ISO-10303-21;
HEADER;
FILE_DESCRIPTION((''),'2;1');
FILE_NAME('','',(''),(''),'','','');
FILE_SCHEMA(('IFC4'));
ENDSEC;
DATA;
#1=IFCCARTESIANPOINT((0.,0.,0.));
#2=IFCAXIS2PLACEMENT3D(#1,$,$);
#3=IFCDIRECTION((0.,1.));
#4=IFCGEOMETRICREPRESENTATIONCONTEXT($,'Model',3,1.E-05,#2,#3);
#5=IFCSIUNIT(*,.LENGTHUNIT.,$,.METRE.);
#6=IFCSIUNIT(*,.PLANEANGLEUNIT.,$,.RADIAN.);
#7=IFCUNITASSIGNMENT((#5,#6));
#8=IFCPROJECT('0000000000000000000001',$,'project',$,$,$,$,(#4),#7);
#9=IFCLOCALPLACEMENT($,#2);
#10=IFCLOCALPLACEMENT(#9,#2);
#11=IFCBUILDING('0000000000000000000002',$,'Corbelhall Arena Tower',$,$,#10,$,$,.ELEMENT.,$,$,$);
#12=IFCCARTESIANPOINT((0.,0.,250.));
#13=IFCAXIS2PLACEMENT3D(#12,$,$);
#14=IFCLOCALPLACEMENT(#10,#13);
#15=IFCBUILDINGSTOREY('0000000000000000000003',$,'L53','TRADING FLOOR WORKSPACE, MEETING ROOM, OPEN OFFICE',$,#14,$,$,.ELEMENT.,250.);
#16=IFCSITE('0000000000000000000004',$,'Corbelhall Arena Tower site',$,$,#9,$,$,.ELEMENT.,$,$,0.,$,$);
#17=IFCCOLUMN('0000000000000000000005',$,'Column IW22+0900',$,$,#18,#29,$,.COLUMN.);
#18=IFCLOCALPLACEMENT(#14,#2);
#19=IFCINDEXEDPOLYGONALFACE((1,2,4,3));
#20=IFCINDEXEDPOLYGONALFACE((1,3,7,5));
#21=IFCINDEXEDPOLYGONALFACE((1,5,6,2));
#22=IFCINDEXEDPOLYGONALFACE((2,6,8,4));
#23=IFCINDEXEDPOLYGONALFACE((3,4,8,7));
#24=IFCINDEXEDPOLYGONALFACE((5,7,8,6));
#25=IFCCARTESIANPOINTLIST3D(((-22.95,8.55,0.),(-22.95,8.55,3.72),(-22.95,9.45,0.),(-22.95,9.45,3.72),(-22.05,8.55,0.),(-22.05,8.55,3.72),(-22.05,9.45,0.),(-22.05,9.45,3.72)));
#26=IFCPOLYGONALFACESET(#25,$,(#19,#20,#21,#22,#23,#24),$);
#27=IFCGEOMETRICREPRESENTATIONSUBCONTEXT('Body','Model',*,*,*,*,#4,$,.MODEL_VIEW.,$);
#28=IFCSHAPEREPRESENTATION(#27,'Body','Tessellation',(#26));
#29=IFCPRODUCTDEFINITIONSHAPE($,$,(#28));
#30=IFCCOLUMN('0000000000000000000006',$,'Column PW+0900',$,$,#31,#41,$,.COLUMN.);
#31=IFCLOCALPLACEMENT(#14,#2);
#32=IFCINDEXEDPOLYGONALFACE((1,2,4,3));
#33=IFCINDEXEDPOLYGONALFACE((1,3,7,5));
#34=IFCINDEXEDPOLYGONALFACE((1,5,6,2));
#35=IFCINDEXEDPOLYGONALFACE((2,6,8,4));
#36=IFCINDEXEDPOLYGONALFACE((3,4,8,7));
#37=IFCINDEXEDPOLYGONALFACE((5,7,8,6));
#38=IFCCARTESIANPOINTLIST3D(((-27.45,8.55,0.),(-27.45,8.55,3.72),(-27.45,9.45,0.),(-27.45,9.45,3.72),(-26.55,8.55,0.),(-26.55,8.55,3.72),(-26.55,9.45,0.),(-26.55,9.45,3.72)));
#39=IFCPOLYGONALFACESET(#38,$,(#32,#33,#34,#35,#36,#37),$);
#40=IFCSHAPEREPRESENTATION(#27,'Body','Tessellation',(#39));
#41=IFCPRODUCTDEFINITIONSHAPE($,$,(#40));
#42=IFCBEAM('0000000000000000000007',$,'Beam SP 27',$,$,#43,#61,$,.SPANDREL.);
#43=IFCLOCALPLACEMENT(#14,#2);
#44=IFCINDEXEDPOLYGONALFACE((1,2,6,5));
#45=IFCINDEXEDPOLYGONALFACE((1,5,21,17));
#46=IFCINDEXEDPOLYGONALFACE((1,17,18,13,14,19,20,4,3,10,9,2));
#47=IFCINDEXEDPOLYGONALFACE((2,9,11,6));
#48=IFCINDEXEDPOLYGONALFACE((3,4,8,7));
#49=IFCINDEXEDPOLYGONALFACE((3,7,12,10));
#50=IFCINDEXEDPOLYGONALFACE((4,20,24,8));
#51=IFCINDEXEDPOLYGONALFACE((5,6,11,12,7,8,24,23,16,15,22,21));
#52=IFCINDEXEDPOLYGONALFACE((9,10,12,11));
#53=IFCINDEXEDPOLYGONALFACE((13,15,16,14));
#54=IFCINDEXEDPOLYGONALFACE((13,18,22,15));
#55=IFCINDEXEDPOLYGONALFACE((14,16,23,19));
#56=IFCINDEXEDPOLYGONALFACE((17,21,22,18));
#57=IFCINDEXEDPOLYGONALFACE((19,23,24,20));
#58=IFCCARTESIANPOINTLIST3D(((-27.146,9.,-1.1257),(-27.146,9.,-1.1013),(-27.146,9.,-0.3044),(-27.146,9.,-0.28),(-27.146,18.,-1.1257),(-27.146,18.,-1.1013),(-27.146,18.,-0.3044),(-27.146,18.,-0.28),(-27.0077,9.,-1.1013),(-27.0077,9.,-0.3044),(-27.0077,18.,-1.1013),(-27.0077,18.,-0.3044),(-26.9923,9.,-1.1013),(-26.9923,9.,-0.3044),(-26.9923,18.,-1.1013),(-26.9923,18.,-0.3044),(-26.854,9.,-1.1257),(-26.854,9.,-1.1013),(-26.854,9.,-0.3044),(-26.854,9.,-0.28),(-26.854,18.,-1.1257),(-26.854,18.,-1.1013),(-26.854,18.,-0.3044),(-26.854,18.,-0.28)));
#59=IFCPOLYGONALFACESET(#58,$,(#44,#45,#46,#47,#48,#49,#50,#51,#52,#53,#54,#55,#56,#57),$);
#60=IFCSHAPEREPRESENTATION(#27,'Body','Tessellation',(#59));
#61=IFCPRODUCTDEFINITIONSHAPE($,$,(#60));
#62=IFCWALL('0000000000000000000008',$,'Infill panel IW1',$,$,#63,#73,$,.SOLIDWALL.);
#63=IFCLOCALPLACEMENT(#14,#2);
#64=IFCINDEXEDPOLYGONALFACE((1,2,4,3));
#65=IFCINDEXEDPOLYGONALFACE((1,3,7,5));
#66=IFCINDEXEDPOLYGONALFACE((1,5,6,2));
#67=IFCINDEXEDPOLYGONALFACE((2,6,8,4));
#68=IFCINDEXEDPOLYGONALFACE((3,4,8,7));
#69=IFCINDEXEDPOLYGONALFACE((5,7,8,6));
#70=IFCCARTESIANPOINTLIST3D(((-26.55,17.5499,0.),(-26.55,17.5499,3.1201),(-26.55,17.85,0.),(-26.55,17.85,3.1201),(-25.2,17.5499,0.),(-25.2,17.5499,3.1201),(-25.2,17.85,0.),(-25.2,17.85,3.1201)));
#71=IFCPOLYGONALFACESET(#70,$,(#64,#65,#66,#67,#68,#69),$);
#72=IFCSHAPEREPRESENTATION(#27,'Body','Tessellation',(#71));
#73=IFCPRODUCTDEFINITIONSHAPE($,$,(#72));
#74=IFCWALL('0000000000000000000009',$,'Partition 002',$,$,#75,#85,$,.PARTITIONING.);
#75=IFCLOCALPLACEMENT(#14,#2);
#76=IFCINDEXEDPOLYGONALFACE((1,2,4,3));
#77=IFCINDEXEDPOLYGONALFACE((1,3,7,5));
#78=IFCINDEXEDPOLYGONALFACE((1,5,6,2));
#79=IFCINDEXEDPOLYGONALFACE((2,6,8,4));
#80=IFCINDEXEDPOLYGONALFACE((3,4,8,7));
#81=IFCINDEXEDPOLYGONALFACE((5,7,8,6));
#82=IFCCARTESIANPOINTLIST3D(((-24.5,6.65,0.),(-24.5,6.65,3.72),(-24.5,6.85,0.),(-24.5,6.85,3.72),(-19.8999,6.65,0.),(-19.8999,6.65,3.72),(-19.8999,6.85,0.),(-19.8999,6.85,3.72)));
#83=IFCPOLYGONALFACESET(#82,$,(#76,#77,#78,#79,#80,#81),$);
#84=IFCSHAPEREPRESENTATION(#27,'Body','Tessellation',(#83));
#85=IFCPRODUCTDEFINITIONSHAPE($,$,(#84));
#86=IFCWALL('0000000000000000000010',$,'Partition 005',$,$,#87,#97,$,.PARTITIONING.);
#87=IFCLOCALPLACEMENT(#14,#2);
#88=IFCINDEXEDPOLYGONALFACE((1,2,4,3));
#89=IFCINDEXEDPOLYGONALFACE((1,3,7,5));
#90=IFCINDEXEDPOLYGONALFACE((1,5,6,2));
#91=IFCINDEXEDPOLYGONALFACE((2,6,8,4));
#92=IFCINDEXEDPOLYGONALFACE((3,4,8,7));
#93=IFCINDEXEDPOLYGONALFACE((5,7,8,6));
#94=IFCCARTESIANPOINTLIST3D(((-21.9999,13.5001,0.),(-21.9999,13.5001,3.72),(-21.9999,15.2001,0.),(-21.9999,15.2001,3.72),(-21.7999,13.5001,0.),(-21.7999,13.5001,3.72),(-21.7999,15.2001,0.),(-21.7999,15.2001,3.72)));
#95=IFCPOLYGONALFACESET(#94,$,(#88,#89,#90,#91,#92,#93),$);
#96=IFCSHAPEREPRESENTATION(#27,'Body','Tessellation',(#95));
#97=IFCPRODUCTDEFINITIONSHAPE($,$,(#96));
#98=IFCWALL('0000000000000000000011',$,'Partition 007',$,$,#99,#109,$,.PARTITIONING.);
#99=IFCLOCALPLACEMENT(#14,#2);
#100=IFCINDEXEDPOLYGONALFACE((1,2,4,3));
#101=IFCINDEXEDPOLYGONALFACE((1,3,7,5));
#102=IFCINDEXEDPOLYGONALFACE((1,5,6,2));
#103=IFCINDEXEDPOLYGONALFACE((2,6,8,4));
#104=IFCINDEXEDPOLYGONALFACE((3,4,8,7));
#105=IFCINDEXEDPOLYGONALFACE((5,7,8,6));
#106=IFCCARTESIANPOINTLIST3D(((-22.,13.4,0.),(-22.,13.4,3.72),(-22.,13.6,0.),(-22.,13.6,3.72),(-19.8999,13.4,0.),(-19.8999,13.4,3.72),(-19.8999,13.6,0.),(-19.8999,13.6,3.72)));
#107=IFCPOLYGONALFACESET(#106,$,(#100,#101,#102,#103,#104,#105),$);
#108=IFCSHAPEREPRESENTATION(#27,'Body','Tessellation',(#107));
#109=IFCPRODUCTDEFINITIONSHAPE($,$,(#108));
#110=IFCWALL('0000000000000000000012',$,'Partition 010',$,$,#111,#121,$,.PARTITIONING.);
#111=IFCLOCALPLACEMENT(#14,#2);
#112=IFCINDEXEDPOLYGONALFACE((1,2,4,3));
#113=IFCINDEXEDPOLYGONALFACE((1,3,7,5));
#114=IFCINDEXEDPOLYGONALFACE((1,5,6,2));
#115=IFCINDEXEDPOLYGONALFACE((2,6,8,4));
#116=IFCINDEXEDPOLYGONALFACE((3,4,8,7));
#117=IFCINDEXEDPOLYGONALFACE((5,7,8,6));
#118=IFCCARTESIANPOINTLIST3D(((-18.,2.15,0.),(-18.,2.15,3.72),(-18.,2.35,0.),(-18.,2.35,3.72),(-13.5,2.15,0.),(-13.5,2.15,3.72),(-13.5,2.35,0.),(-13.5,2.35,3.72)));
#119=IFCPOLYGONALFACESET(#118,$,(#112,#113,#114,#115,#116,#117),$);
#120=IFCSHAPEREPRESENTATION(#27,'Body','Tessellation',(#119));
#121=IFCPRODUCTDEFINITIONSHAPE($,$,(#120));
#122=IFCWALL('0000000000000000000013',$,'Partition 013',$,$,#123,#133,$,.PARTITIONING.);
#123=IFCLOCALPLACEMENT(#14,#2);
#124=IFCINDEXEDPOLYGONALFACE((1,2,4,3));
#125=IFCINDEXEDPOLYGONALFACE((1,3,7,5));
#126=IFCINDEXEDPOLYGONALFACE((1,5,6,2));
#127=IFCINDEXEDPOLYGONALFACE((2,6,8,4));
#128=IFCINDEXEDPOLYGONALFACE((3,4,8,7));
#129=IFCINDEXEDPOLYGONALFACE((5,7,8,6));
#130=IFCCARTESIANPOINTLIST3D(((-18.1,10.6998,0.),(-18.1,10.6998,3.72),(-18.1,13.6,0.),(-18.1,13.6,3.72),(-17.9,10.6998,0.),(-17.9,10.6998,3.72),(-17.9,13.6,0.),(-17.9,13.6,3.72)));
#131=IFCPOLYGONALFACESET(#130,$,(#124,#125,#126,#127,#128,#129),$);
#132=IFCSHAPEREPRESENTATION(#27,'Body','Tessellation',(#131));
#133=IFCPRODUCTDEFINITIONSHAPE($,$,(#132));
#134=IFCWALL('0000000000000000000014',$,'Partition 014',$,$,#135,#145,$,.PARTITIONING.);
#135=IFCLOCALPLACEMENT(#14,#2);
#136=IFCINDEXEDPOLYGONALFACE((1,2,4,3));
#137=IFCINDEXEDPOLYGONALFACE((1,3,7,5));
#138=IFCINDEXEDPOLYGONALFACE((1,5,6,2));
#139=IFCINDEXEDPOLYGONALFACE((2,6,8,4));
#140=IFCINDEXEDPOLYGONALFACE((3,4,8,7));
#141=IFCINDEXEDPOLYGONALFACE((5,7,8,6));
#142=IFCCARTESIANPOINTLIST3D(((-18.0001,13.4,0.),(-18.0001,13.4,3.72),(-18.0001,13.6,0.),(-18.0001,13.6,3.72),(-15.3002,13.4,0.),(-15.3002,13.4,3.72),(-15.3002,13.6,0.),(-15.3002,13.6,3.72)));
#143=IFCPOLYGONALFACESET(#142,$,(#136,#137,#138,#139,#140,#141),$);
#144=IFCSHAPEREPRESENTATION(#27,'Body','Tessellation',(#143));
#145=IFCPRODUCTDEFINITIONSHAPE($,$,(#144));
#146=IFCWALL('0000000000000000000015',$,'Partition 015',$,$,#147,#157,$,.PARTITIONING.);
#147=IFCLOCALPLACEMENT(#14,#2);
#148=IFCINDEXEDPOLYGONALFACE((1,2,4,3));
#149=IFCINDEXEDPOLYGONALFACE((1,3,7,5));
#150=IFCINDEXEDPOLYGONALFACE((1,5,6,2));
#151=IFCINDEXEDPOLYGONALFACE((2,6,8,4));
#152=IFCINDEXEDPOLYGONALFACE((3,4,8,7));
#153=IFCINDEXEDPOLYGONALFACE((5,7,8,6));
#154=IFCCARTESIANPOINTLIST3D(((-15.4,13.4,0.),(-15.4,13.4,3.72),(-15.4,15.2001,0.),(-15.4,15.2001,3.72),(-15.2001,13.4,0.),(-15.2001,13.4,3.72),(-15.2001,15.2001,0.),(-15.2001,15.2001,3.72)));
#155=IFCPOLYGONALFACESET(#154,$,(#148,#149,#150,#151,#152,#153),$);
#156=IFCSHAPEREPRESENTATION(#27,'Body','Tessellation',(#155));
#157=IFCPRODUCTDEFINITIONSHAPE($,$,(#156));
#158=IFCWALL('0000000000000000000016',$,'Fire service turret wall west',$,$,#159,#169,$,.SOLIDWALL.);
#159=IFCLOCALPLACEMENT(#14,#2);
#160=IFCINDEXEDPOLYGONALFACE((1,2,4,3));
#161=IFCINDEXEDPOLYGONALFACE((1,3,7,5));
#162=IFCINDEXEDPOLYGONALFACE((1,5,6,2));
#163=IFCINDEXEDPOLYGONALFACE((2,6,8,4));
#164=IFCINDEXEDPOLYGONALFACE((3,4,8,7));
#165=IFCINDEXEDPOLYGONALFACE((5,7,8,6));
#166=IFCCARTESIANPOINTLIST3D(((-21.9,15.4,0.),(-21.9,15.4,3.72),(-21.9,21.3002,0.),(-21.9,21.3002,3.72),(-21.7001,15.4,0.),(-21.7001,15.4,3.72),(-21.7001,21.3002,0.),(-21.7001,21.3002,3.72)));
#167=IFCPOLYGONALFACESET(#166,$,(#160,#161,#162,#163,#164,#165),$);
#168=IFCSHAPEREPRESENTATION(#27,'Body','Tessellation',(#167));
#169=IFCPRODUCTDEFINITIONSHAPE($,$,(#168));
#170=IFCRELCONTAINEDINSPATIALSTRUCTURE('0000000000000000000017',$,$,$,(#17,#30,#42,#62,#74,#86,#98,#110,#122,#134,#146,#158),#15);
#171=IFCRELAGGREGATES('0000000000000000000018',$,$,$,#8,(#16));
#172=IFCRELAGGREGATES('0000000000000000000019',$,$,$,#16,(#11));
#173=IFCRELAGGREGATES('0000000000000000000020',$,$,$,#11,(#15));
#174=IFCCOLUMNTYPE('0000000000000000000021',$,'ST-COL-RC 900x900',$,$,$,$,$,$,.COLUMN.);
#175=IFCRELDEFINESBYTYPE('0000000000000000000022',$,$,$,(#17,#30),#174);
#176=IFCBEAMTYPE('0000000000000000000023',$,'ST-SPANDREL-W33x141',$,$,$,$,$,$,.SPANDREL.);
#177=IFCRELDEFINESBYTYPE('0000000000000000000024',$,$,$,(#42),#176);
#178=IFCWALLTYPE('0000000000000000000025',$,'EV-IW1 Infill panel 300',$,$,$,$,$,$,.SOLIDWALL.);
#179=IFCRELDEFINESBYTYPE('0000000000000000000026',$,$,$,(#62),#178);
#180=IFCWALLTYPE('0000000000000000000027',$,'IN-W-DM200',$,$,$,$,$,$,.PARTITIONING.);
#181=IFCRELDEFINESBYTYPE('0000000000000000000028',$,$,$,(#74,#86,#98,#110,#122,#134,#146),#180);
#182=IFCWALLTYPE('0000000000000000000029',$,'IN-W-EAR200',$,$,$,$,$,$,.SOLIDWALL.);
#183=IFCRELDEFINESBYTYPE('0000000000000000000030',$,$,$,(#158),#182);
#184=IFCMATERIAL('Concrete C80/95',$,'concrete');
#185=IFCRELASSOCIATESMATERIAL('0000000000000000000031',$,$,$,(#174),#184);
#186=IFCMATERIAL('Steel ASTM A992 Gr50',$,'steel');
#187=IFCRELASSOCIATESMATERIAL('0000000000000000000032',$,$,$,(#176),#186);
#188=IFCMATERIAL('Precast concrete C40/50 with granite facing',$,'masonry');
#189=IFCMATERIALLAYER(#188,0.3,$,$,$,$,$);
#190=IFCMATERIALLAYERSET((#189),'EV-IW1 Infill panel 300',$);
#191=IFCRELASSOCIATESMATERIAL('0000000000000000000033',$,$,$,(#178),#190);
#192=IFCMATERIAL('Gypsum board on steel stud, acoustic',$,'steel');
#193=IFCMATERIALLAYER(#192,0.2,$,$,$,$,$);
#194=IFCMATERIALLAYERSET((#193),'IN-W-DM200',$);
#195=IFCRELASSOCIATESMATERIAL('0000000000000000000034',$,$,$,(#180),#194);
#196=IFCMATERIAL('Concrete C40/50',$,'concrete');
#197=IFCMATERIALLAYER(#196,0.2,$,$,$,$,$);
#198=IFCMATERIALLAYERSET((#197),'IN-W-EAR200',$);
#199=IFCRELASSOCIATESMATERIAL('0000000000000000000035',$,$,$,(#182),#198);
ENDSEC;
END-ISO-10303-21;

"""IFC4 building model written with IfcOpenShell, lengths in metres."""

from ifc_helpers import new_model, si_unit, direction, frame, frame_2d, origin, origin_2d, place, context, subcontext, project, spatial, rectangle, i_section, extrude, material, layer, layer_set, material_profile, profile_set, type_object, element, save


model = new_model("IFC4")

# Units and contexts
model_context = context("Model", 3, precision=1e-05, world=origin(), true_north=direction((0.0, 1.0)))
body_context = subcontext(model_context, "Body", "Model", "MODEL_VIEW")
ifc_project = project(units=[si_unit("LENGTHUNIT", "METRE"), si_unit("PLANEANGLEUNIT", "RADIAN")], contexts=[model_context])

# Site, building, storey
site_placement = place(None, origin())
site = spatial("IfcSite", under=ifc_project, at=site_placement, Name="Corbelhall Arena Tower site", CompositionType="ELEMENT", RefElevation=0.0)
building_placement = place(site_placement, origin())
building = spatial("IfcBuilding", under=site, at=building_placement, Name="Corbelhall Arena Tower", CompositionType="ELEMENT")
storey_placement = place(building_placement, frame((0.0, 0.0, 250.0)))
storey = spatial("IfcBuildingStorey", under=building, at=storey_placement, Name="L53", Description="TRADING FLOOR WORKSPACE, MEETING ROOM, OPEN OFFICE", CompositionType="ELEMENT", Elevation=250.0)

# Columns
ifc_material_1 = material(Name="Concrete C80/95", Category="concrete")
ifc_material_profile_1 = material_profile(ifc_material_1, rectangle(XDim=0.8999, YDim=0.8999, at=origin_2d()))
ifc_profile_set_1 = profile_set([ifc_material_profile_1], Name="Concrete C80/95")
column_type = type_object("IfcColumnType", Name="ST-COL-RC 900x900", PredefinedType="COLUMN", material=ifc_profile_set_1)
for number, where, z_axis, x_axis, name in (
    (1, (-22.5, 9.0, 0.0), (0.0, 0.0, 1.0), (1.0, 0.0, 0.0), "Column IW22+0900"),
    (2, (-27.0, 9.0, 0.0), (0.0, 0.0, 1.0), (0.0, 1.0, 0.0), "Column PW+0900"),
):
    element("IfcColumn", number, at=place(storey_placement, frame(where, z_axis=z_axis, x_axis=x_axis)), inside=storey, type_object=column_type, Name=name, PredefinedType="COLUMN", context=body_context, shape_type="SweptSolid", body=[
        extrude(rectangle(XDim=0.8999, YDim=0.8999, at=origin_2d()), origin(), (0.0, 0.0, 1.0), 3.72),
    ])

# Beam
ifc_material_2 = material(Name="Steel ASTM A992 Gr50", Category="steel")
ifc_material_profile_2 = material_profile(ifc_material_2, i_section(OverallWidth=0.292, OverallDepth=0.8457, WebThickness=0.0154, FlangeThickness=0.0244, at=origin_2d()))
ifc_profile_set_2 = profile_set([ifc_material_profile_2], Name="Steel ASTM A992 Gr50")
beam_type = type_object("IfcBeamType", Name="ST-SPANDREL-W33x141", PredefinedType="SPANDREL", material=ifc_profile_set_2)
beam_placement = place(storey_placement, frame((-27.0, 9.0, -0.7029), z_axis=(0.0, 1.0, 0.0), x_axis=(-1.0, 0.0, 0.0)))
element("IfcBeam", 3, at=beam_placement, inside=storey, type_object=beam_type, Name="Beam SP 27", PredefinedType="SPANDREL", context=body_context, shape_type="SweptSolid", body=[
    extrude(i_section(OverallWidth=0.292, OverallDepth=0.8457, WebThickness=0.0154, FlangeThickness=0.0244, at=origin_2d()), origin(), (0.0, 0.0, 1.0), 9.0),
])

# Wall
ifc_material_3 = material(Name="Precast concrete C40/50 with granite facing", Category="masonry")
ifc_layer_1 = layer(ifc_material_3, 0.3)
ifc_layer_set_1 = layer_set([ifc_layer_1], Name="EV-IW1 Infill panel 300")
wall_type_1 = type_object("IfcWallType", Name="EV-IW1 Infill panel 300", PredefinedType="SOLIDWALL", material=ifc_layer_set_1)
wall_1_placement = place(storey_placement, frame((-25.2, 17.7, 0.0), z_axis=(0.0, 0.0, 1.0), x_axis=(-1.0, 0.0, 0.0)))
element("IfcWall", 4, at=wall_1_placement, inside=storey, type_object=wall_type_1, Name="Infill panel IW1", PredefinedType="SOLIDWALL", context=body_context, shape_type="SweptSolid", body=[
    extrude(rectangle(XDim=1.3501, YDim=0.3, at=frame_2d((0.675, 0.0))), origin(), (0.0, 0.0, 1.0), 3.1201),
])

# Walls
ifc_material_4 = material(Name="Gypsum board on steel stud, acoustic", Category="steel")
ifc_layer_2 = layer(ifc_material_4, 0.2)
ifc_layer_set_2 = layer_set([ifc_layer_2], Name="IN-W-DM200")
wall_type_2 = type_object("IfcWallType", Name="IN-W-DM200", PredefinedType="PARTITIONING", material=ifc_layer_set_2)
wall_2_placement = place(storey_placement, frame((-24.5, 6.75, 0.0), z_axis=(0.0, 0.0, 1.0), x_axis=(1.0, 0.0, 0.0)))
element("IfcWall", 5, at=wall_2_placement, inside=storey, type_object=wall_type_2, Name="Partition 002", PredefinedType="PARTITIONING", context=body_context, shape_type="SweptSolid", body=[
    extrude(rectangle(XDim=4.6001, YDim=0.2, at=frame_2d((2.3, 0.0))), origin(), (0.0, 0.0, 1.0), 3.72),
])
wall_3_placement = place(storey_placement, frame((-21.8999, 13.5, 0.0), z_axis=(0.0, 0.0, 1.0), x_axis=(0.0, 1.0, 0.0)))
element("IfcWall", 6, at=wall_3_placement, inside=storey, type_object=wall_type_2, Name="Partition 005", PredefinedType="PARTITIONING", context=body_context, shape_type="SweptSolid", body=[
    extrude(rectangle(XDim=1.7, YDim=0.2, at=frame_2d((0.8501, 0.0))), origin(), (0.0, 0.0, 1.0), 3.72),
])
wall_4_placement = place(storey_placement, frame((-19.8999, 13.5, 0.0), z_axis=(0.0, 0.0, 1.0), x_axis=(-1.0, 0.0, 0.0)))
element("IfcWall", 7, at=wall_4_placement, inside=storey, type_object=wall_type_2, Name="Partition 007", PredefinedType="PARTITIONING", context=body_context, shape_type="SweptSolid", body=[
    extrude(rectangle(XDim=2.1001, YDim=0.2, at=frame_2d((1.05, 0.0))), origin(), (0.0, 0.0, 1.0), 3.72),
])
wall_5_placement = place(storey_placement, frame((-18.0, 2.25, 0.0), z_axis=(0.0, 0.0, 1.0), x_axis=(1.0, 0.0, 0.0)))
element("IfcWall", 8, at=wall_5_placement, inside=storey, type_object=wall_type_2, Name="Partition 010", PredefinedType="PARTITIONING", context=body_context, shape_type="SweptSolid", body=[
    extrude(rectangle(XDim=4.5, YDim=0.2, at=frame_2d((2.25, 0.0))), origin(), (0.0, 0.0, 1.0), 3.72),
])

# Walls
wall_6_placement = place(storey_placement, frame((-18.0, 13.6001, 0.0), z_axis=(0.0, 0.0, 1.0), x_axis=(0.0, -1.0, 0.0)))
element("IfcWall", 9, at=wall_6_placement, inside=storey, type_object=wall_type_2, Name="Partition 013", PredefinedType="PARTITIONING", context=body_context, shape_type="SweptSolid", body=[
    extrude(rectangle(XDim=2.9001, YDim=0.2, at=frame_2d((1.4502, 0.0))), origin(), (0.0, 0.0, 1.0), 3.72),
])
wall_7_placement = place(storey_placement, frame((-15.3, 13.5, 0.0), z_axis=(0.0, 0.0, 1.0), x_axis=(-1.0, 0.0, 0.0)))
element("IfcWall", 10, at=wall_7_placement, inside=storey, type_object=wall_type_2, Name="Partition 014", PredefinedType="PARTITIONING", context=body_context, shape_type="SweptSolid", body=[
    extrude(rectangle(XDim=2.7, YDim=0.2, at=frame_2d((1.3501, 0.0))), origin(), (0.0, 0.0, 1.0), 3.72),
])
wall_8_placement = place(storey_placement, frame((-15.3, 15.2, 0.0), z_axis=(0.0, 0.0, 1.0), x_axis=(0.0, -1.0, 0.0)))
element("IfcWall", 11, at=wall_8_placement, inside=storey, type_object=wall_type_2, Name="Partition 015", PredefinedType="PARTITIONING", context=body_context, shape_type="SweptSolid", body=[
    extrude(rectangle(XDim=1.8, YDim=0.2, at=frame_2d((0.8999, 0.0))), origin(), (0.0, 0.0, 1.0), 3.72),
])

# Shared definitions
ifc_material_5 = material(Name="Concrete C40/50", Category="concrete")
ifc_layer_3 = layer(ifc_material_5, 0.2)
ifc_layer_set_3 = layer_set([ifc_layer_3], Name="IN-W-EAR200")
wall_type_3 = type_object("IfcWallType", Name="IN-W-EAR200", PredefinedType="SOLIDWALL", material=ifc_layer_set_3)

# Wall
wall_9_placement = place(storey_placement, frame((-21.8, 15.3999, 0.0), z_axis=(0.0, 0.0, 1.0), x_axis=(0.0, 1.0, 0.0)))
element("IfcWall", 12, at=wall_9_placement, inside=storey, type_object=wall_type_3, Name="Fire service turret wall west", PredefinedType="SOLIDWALL", context=body_context, shape_type="SweptSolid", body=[
    extrude(rectangle(XDim=5.9001, YDim=0.2, at=frame_2d((2.9502, 0.0))), origin(), (0.0, 0.0, 1.0), 3.72),
])

save(model, "model.ifc")
